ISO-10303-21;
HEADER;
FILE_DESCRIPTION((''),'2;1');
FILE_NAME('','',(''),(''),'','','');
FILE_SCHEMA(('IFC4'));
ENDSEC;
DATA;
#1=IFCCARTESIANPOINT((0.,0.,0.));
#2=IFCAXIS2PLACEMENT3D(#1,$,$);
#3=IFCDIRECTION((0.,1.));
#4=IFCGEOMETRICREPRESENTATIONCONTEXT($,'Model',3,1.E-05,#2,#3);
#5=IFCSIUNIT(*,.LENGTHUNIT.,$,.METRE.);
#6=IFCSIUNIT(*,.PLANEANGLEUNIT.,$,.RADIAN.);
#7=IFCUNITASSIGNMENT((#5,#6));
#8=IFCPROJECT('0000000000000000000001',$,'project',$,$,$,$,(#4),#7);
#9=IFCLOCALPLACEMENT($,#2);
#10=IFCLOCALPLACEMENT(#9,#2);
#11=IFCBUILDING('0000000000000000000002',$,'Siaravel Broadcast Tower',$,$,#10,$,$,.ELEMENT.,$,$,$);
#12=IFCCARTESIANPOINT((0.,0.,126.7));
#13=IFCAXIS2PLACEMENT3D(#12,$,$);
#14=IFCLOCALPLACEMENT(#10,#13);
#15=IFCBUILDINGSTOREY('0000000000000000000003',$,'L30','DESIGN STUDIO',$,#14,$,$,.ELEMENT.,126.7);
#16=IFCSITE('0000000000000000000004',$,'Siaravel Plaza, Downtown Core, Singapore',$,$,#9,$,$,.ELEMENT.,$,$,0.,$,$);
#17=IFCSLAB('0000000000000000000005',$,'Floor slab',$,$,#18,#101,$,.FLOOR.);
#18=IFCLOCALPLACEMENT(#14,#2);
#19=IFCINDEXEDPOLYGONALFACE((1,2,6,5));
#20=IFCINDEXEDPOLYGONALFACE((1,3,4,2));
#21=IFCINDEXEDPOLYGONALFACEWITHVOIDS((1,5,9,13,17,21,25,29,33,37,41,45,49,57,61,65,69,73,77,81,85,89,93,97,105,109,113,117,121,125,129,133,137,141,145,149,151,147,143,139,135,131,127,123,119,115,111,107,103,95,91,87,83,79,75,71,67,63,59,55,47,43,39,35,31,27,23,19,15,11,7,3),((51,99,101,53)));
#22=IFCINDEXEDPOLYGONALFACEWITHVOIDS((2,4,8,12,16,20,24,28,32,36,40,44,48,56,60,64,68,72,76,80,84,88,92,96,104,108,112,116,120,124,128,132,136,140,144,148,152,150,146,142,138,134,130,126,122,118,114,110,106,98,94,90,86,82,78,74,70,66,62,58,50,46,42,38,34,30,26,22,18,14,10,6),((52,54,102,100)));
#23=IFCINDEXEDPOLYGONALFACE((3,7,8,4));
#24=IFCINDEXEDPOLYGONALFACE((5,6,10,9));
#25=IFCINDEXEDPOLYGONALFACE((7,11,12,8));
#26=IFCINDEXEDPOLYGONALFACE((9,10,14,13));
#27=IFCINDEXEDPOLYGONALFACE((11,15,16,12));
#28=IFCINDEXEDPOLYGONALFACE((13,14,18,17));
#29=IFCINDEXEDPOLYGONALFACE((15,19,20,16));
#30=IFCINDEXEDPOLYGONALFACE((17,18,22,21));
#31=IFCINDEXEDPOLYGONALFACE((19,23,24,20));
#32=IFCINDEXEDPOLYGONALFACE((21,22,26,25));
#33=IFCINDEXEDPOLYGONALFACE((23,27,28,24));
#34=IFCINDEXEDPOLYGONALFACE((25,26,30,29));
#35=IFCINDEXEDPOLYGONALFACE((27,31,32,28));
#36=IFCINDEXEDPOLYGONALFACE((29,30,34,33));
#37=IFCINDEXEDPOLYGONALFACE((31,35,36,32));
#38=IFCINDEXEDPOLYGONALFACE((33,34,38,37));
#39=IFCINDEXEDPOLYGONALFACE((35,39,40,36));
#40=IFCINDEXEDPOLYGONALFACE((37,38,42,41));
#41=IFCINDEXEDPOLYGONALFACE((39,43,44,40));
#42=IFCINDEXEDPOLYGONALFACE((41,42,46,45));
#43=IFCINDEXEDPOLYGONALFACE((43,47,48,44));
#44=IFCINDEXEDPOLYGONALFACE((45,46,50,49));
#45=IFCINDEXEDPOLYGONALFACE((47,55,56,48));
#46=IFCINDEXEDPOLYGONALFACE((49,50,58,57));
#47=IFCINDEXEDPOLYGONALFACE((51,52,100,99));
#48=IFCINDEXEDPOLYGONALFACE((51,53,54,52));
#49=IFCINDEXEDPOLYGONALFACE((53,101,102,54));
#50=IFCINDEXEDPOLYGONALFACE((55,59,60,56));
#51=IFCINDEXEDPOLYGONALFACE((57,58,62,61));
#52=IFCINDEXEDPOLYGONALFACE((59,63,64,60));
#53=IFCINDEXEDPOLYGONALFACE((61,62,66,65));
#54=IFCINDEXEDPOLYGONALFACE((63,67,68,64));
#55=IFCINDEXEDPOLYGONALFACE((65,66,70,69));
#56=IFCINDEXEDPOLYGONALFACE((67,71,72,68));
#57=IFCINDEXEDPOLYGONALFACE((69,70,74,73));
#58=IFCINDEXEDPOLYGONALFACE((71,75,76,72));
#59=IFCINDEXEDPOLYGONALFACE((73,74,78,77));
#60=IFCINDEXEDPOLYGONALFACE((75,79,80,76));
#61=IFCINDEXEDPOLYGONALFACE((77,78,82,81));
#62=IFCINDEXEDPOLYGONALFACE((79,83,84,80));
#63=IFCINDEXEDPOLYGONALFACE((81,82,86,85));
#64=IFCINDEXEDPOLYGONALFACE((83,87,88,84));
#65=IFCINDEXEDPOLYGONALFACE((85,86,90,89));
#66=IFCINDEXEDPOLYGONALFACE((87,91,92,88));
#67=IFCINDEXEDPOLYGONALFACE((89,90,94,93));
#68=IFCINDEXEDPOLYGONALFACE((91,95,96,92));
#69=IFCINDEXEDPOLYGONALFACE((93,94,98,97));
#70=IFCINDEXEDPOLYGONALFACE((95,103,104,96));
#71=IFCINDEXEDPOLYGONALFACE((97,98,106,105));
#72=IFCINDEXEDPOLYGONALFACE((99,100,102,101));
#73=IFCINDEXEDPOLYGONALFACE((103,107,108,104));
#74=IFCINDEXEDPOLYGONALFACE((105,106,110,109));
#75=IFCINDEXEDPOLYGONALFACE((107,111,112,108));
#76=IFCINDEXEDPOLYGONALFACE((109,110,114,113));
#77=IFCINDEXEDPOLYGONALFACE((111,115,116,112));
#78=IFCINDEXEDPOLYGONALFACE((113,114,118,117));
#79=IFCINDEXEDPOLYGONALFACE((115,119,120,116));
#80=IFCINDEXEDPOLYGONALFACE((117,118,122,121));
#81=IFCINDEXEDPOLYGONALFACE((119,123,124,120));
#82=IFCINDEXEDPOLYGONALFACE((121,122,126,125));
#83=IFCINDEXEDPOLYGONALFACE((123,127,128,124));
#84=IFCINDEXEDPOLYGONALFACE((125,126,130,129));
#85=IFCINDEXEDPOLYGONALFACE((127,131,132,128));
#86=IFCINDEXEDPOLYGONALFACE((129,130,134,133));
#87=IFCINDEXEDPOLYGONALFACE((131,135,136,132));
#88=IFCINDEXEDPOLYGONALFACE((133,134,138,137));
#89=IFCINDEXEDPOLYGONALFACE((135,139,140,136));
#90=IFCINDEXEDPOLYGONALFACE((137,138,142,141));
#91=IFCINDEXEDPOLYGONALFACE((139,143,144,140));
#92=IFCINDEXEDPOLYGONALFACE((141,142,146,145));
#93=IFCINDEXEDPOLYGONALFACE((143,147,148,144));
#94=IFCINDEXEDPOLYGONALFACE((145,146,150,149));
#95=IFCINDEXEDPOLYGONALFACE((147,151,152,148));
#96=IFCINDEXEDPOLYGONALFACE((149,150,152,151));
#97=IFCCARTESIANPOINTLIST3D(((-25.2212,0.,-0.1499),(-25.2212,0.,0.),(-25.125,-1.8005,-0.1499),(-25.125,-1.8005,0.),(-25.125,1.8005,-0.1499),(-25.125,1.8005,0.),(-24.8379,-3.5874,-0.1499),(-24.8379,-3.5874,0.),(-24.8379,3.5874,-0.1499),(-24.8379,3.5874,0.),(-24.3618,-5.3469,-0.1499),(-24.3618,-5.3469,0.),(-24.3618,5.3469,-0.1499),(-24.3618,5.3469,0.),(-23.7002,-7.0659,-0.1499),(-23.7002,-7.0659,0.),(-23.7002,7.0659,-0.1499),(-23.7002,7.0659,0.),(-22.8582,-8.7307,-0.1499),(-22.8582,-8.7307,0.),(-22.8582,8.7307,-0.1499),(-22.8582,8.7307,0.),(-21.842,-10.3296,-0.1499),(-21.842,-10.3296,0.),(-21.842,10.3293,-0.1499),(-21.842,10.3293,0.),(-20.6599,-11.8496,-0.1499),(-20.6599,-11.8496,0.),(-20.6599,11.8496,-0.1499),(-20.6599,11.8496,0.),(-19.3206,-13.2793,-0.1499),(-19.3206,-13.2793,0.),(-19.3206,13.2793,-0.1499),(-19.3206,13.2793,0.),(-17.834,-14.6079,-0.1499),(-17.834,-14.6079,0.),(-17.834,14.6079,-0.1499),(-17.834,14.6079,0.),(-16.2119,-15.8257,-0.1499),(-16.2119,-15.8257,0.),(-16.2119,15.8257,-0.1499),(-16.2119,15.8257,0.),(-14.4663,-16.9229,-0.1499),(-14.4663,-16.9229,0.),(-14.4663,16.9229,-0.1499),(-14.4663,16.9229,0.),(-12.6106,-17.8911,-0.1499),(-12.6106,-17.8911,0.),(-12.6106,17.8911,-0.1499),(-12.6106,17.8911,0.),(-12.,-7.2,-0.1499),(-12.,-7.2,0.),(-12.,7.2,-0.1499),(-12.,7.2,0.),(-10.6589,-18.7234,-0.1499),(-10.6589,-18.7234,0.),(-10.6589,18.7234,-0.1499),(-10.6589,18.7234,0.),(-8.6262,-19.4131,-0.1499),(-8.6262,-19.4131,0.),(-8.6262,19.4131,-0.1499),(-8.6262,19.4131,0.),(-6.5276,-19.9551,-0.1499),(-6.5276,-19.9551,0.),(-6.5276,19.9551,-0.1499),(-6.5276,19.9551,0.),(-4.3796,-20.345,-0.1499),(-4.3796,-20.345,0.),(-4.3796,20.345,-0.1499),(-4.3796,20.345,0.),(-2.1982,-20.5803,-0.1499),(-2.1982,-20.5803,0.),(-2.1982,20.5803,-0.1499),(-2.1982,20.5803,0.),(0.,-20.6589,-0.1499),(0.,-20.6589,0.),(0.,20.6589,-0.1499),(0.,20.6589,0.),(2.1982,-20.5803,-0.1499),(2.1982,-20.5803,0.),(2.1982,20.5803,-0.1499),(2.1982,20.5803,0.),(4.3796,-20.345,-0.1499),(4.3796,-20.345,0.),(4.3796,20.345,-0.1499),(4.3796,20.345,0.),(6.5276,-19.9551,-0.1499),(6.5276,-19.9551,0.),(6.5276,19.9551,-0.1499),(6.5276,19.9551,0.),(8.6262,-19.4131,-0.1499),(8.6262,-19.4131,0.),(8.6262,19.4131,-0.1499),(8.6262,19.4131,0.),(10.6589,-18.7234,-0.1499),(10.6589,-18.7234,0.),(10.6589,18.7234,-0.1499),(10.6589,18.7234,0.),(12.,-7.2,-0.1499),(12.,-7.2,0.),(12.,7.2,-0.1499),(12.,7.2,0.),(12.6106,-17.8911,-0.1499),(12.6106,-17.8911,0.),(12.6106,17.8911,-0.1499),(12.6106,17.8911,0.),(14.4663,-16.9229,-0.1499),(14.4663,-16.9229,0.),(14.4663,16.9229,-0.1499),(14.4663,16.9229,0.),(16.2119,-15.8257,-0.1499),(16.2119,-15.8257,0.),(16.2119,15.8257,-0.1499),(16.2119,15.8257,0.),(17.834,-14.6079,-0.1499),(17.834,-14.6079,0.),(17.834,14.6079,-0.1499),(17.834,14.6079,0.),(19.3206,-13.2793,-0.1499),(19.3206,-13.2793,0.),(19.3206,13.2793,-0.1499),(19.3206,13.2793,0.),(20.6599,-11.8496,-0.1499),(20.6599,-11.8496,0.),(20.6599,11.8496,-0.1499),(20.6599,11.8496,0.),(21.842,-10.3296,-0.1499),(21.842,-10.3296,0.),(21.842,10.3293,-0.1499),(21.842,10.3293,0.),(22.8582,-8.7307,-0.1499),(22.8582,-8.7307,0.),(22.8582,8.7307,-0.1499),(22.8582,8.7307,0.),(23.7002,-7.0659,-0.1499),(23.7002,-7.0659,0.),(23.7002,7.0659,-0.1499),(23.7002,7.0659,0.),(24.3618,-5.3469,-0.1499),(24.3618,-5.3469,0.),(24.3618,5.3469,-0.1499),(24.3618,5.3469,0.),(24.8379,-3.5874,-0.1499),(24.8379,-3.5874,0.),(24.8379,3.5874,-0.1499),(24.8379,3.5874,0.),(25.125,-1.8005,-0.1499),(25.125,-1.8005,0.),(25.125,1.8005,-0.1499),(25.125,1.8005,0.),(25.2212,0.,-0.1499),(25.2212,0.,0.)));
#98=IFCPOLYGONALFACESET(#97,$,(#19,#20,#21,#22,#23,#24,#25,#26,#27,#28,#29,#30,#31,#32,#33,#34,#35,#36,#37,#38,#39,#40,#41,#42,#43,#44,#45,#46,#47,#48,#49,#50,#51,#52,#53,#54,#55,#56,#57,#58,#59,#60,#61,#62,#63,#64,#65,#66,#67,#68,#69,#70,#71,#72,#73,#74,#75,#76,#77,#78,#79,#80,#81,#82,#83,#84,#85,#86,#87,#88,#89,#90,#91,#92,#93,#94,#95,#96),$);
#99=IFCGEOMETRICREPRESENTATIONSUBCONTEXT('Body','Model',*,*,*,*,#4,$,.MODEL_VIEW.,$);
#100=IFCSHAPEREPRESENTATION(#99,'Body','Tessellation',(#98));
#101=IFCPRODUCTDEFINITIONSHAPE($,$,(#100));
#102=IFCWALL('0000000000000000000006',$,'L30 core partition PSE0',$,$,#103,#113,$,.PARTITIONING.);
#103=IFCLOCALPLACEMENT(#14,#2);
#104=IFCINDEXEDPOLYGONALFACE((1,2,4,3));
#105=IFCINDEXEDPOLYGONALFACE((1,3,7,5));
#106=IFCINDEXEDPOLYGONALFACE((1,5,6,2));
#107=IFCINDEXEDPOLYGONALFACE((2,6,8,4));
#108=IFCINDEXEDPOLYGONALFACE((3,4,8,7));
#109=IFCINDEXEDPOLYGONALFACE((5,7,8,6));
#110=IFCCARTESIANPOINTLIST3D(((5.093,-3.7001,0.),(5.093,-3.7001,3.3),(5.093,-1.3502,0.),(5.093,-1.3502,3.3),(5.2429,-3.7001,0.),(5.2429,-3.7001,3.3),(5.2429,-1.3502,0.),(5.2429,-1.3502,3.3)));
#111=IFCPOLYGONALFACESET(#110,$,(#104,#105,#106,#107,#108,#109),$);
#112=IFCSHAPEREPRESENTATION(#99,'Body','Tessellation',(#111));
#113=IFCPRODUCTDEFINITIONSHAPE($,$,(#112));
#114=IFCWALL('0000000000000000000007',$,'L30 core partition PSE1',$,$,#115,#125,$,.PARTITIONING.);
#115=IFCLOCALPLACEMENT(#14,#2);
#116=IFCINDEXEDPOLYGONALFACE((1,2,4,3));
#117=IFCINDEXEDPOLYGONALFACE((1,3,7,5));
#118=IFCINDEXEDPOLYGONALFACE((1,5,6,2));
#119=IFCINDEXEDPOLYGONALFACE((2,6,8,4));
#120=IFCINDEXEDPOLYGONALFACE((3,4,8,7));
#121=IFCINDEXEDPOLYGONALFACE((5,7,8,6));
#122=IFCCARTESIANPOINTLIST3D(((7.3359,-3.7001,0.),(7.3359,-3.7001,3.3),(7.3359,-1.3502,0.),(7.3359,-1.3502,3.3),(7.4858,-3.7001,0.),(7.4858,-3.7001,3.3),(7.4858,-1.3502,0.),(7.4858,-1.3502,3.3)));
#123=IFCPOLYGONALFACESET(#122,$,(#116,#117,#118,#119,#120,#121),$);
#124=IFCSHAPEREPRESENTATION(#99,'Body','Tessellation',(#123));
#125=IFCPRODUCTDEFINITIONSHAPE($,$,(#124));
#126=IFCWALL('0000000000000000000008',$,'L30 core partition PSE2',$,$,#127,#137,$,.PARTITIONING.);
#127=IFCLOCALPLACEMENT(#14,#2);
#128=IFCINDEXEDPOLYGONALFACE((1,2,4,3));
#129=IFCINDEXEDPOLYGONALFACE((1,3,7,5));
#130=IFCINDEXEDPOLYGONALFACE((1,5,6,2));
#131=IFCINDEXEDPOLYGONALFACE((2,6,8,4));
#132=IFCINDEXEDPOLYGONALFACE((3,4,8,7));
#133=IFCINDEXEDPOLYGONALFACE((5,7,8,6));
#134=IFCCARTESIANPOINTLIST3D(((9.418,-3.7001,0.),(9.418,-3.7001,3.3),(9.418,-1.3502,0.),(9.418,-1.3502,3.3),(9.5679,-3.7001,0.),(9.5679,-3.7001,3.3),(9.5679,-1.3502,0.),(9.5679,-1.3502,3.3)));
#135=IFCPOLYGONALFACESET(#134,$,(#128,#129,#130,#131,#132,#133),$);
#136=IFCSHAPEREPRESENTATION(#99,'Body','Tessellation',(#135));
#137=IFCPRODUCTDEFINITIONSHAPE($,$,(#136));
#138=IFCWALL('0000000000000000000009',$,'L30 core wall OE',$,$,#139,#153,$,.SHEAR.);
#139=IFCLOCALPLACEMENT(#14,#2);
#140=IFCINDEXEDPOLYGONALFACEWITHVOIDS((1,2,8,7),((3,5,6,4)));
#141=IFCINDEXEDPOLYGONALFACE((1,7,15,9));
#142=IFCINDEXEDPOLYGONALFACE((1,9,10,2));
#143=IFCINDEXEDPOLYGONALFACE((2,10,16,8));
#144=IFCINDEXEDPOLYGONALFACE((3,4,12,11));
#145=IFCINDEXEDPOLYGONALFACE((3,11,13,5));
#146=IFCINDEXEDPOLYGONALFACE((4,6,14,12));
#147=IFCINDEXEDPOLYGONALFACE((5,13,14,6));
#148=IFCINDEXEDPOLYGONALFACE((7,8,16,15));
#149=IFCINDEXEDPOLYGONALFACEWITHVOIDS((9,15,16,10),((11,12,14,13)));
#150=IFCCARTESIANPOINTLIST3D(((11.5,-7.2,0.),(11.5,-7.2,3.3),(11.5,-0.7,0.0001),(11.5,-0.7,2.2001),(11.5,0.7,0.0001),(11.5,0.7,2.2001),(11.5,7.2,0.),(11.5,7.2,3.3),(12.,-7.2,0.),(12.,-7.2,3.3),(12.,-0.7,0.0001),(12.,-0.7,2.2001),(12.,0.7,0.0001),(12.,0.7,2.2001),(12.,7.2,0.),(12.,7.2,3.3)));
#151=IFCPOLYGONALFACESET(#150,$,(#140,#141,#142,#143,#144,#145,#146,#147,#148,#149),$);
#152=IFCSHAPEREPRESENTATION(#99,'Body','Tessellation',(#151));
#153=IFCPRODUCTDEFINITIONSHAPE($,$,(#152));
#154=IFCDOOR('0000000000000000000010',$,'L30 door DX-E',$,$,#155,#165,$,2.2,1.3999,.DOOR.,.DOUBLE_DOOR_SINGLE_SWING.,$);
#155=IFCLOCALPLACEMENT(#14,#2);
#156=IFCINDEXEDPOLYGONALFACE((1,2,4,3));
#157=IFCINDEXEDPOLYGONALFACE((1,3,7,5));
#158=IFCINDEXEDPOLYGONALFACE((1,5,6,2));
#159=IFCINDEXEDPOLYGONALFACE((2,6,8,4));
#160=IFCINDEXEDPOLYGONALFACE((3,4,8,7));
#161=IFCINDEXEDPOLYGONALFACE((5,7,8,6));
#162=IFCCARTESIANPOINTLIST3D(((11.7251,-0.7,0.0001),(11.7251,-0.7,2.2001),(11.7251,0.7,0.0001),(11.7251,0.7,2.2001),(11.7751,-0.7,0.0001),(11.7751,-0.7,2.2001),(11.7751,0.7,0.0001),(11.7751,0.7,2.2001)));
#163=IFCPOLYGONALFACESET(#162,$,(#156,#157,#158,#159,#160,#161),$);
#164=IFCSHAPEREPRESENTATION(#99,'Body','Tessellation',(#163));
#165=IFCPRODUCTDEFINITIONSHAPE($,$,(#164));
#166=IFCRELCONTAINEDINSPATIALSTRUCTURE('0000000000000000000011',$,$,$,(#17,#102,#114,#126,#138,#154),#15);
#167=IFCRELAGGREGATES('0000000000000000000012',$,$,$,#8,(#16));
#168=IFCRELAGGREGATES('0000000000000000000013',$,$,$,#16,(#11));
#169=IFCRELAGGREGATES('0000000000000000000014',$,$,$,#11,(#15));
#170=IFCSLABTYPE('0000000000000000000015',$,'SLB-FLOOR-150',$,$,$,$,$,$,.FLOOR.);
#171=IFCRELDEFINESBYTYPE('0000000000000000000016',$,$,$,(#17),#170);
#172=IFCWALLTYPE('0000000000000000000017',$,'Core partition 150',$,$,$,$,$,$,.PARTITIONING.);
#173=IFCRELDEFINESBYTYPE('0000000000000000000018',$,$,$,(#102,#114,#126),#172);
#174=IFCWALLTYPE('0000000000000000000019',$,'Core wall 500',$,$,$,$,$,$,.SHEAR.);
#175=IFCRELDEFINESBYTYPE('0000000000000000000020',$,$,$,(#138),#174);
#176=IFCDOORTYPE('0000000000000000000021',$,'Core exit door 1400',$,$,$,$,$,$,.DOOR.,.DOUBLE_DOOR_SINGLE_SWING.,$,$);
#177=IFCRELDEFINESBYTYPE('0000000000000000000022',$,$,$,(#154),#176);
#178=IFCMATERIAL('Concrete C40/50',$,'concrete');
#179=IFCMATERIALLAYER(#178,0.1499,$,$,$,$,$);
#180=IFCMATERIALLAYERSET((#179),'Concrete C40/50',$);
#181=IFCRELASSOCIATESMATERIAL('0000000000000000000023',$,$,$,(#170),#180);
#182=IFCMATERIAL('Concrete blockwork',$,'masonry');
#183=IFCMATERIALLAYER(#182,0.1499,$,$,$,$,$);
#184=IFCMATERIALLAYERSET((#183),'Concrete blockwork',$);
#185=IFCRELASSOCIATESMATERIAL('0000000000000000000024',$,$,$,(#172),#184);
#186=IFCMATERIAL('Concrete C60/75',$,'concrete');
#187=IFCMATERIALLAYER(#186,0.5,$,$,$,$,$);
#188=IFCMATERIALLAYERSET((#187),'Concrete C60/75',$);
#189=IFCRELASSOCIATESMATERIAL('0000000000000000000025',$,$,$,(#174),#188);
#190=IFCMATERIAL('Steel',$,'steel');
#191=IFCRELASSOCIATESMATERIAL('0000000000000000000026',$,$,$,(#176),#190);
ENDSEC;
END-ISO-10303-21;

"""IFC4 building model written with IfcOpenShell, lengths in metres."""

from ifc_helpers import new_model, si_unit, direction, frame, frame_2d, origin, place, context, subcontext, project, spatial, polyline, rectangle, outline, extrude, material, layer, layer_set, type_object, element, fill, save


model = new_model("IFC4")

# Units and contexts
model_context = context("Model", 3, precision=1e-05, world=origin(), true_north=direction((0.0, 1.0)))
body_context = subcontext(model_context, "Body", "Model", "MODEL_VIEW")
ifc_project = project(units=[si_unit("LENGTHUNIT", "METRE"), si_unit("PLANEANGLEUNIT", "RADIAN")], contexts=[model_context])

# Site, building, storey
site_placement = place(None, origin())
site = spatial("IfcSite", under=ifc_project, at=site_placement, Name="Siaravel Plaza, Downtown Core, Singapore", CompositionType="ELEMENT", RefElevation=0.0)
building_placement = place(site_placement, origin())
building = spatial("IfcBuilding", under=site, at=building_placement, Name="Siaravel Broadcast Tower", CompositionType="ELEMENT")
storey_placement = place(building_placement, frame((0.0, 0.0, 126.7)))
storey = spatial("IfcBuildingStorey", under=building, at=storey_placement, Name="L30", Description="DESIGN STUDIO", CompositionType="ELEMENT", Elevation=126.7)

# Slab
ifc_material_1 = material(Name="Concrete C40/50", Category="concrete")
ifc_layer_1 = layer(ifc_material_1, 0.1499)
ifc_layer_set_1 = layer_set([ifc_layer_1], Name="Concrete C40/50")
slab_type = type_object("IfcSlabType", Name="SLB-FLOOR-150", PredefinedType="FLOOR", material=ifc_layer_set_1)
slab_placement = place(storey_placement, frame((0.0, 0.0, -0.1499)))
element("IfcSlab", 1, at=slab_placement, inside=storey, type_object=slab_type, Name="Floor slab", PredefinedType="FLOOR", context=body_context, shape_type="SweptSolid", body=[
    extrude(outline(polyline([(25.2212, 0.0), (25.125, 1.8005), (24.8379, 3.5874), (24.3618, 5.3469), (23.7002, 7.0659), (22.8582, 8.7307), (21.842, 10.3293), (20.6599, 11.8496), (19.3206, 13.2793), (17.834, 14.6079), (16.2119, 15.8257), (14.4663, 16.9229), (12.6106, 17.8911), (10.6589, 18.7234), (8.6262, 19.4131), (6.5276, 19.9551), (4.3796, 20.345), (2.1982, 20.5803), (0.0, 20.6589), (-2.1982, 20.5803), (-4.3796, 20.345), (-6.5276, 19.9551), (-8.6262, 19.4131), (-10.6589, 18.7234), (-12.6106, 17.8911), (-14.4663, 16.9229), (-16.2119, 15.8257), (-17.834, 14.6079), (-19.3206, 13.2793), (-20.6599, 11.8496), (-21.842, 10.3293), (-22.8582, 8.7307), (-23.7002, 7.0659), (-24.3618, 5.3469), (-24.8379, 3.5874), (-25.125, 1.8005), (-25.2212, 0.0), (-25.125, -1.8005), (-24.8379, -3.5874), (-24.3618, -5.3469), (-23.7002, -7.0659), (-22.8582, -8.7307), (-21.842, -10.3296), (-20.6599, -11.8496), (-19.3206, -13.2793), (-17.834, -14.6079), (-16.2119, -15.8257), (-14.4663, -16.9229), (-12.6106, -17.8911), (-10.6589, -18.7234), (-8.6262, -19.4131), (-6.5276, -19.9551), (-4.3796, -20.345), (-2.1982, -20.5803), (0.0, -20.6589), (2.1982, -20.5803), (4.3796, -20.345), (6.5276, -19.9551), (8.6262, -19.4131), (10.6589, -18.7234), (12.6106, -17.8911), (14.4663, -16.9229), (16.2119, -15.8257), (17.834, -14.6079), (19.3206, -13.2793), (20.6599, -11.8496), (21.842, -10.3296), (22.8582, -8.7307), (23.7002, -7.0659), (24.3618, -5.3469), (24.8379, -3.5874), (25.125, -1.8005), (25.2212, 0.0)]), holes=[polyline([(-12.0, 7.2), (12.0, 7.2), (12.0, -7.2), (-12.0, -7.2), (-12.0, 7.2)])]), origin(), (0.0, 0.0, 1.0), 0.1499),
])

# Walls
ifc_material_2 = material(Name="Concrete blockwork", Category="masonry")
ifc_layer_2 = layer(ifc_material_2, 0.1499)
ifc_layer_set_2 = layer_set([ifc_layer_2], Name="Concrete blockwork")
wall_type_1 = type_object("IfcWallType", Name="Core partition 150", PredefinedType="PARTITIONING", material=ifc_layer_set_2)
for number, where, z_axis, x_axis, name in (
    (2, (5.168, -3.7, 0.0), (0.0, 0.0, 1.0), (0.0, 1.0, 0.0), "L30 core partition PSE0"),
    (3, (7.4109, -3.7, 0.0), (0.0, 0.0, 1.0), (0.0, 1.0, 0.0), "L30 core partition PSE1"),
    (4, (9.4929, -3.7, 0.0), (0.0, 0.0, 1.0), (0.0, 1.0, 0.0), "L30 core partition PSE2"),
):
    element("IfcWall", number, at=place(storey_placement, frame(where, z_axis=z_axis, x_axis=x_axis)), inside=storey, type_object=wall_type_1, Name=name, PredefinedType="PARTITIONING", context=body_context, shape_type="SweptSolid", body=[
        extrude(rectangle(XDim=2.3499, YDim=0.1499, at=frame_2d((1.1748, 0.0))), origin(), (0.0, 0.0, 1.0), 3.3),
    ])

# Wall, opening, door
ifc_material_3 = material(Name="Concrete C60/75", Category="concrete")
ifc_layer_3 = layer(ifc_material_3, 0.5)
ifc_layer_set_3 = layer_set([ifc_layer_3], Name="Concrete C60/75")
wall_type_2 = type_object("IfcWallType", Name="Core wall 500", PredefinedType="SHEAR", material=ifc_layer_set_3)
wall_1_placement = place(storey_placement, frame((11.75, -7.2, 0.0), z_axis=(0.0, 0.0, 1.0), x_axis=(0.0, 1.0, 0.0)))
wall_1 = element("IfcWall", 5, at=wall_1_placement, inside=storey, type_object=wall_type_2, Name="L30 core wall OE", PredefinedType="SHEAR", context=body_context, shape_type="SweptSolid", body=[
    extrude(rectangle(XDim=14.3999, YDim=0.5, at=frame_2d((7.2, 0.0))), origin(), (0.0, 0.0, 1.0), 3.3),
])
opening_1_placement = place(wall_1_placement, frame((6.5, 0.0, 0.0)))
opening_1 = element("IfcOpeningElement", 6, at=opening_1_placement, cuts=wall_1, PredefinedType="OPENING", context=body_context, shape_type="SweptSolid", body=[
    extrude(rectangle(XDim=1.3999, YDim=2.2, at=frame_2d((0.7, 1.1001))), frame((0.0, 0.26, 0.0), z_axis=(0.0, -1.0, 0.0), x_axis=(1.0, 0.0, 0.0)), (0.0, 0.0, 1.0), 0.52),
])
ifc_material_4 = material(Name="Steel", Category="steel")
door_type_1 = type_object("IfcDoorType", Name="Core exit door 1400", OperationType="DOUBLE_DOOR_SINGLE_SWING", PredefinedType="DOOR", material=ifc_material_4)
door_1_placement = place(opening_1_placement, origin())
door_1 = element("IfcDoor", 7, at=door_1_placement, inside=storey, type_object=door_type_1, Name="L30 door DX-E", OperationType="DOUBLE_DOOR_SINGLE_SWING", OverallHeight=2.2, OverallWidth=1.3999, PredefinedType="DOOR", context=body_context, shape_type="SweptSolid", body=[
    extrude(rectangle(XDim=1.3999, YDim=2.2, at=frame_2d((0.7, 1.1001))), frame((0.0, 0.0249, 0.0), z_axis=(0.0, -1.0, 0.0), x_axis=(1.0, 0.0, 0.0)), (0.0, 0.0, 1.0), 0.05),
])
fill(opening_1, door_1)

save(model, "model.ifc")
